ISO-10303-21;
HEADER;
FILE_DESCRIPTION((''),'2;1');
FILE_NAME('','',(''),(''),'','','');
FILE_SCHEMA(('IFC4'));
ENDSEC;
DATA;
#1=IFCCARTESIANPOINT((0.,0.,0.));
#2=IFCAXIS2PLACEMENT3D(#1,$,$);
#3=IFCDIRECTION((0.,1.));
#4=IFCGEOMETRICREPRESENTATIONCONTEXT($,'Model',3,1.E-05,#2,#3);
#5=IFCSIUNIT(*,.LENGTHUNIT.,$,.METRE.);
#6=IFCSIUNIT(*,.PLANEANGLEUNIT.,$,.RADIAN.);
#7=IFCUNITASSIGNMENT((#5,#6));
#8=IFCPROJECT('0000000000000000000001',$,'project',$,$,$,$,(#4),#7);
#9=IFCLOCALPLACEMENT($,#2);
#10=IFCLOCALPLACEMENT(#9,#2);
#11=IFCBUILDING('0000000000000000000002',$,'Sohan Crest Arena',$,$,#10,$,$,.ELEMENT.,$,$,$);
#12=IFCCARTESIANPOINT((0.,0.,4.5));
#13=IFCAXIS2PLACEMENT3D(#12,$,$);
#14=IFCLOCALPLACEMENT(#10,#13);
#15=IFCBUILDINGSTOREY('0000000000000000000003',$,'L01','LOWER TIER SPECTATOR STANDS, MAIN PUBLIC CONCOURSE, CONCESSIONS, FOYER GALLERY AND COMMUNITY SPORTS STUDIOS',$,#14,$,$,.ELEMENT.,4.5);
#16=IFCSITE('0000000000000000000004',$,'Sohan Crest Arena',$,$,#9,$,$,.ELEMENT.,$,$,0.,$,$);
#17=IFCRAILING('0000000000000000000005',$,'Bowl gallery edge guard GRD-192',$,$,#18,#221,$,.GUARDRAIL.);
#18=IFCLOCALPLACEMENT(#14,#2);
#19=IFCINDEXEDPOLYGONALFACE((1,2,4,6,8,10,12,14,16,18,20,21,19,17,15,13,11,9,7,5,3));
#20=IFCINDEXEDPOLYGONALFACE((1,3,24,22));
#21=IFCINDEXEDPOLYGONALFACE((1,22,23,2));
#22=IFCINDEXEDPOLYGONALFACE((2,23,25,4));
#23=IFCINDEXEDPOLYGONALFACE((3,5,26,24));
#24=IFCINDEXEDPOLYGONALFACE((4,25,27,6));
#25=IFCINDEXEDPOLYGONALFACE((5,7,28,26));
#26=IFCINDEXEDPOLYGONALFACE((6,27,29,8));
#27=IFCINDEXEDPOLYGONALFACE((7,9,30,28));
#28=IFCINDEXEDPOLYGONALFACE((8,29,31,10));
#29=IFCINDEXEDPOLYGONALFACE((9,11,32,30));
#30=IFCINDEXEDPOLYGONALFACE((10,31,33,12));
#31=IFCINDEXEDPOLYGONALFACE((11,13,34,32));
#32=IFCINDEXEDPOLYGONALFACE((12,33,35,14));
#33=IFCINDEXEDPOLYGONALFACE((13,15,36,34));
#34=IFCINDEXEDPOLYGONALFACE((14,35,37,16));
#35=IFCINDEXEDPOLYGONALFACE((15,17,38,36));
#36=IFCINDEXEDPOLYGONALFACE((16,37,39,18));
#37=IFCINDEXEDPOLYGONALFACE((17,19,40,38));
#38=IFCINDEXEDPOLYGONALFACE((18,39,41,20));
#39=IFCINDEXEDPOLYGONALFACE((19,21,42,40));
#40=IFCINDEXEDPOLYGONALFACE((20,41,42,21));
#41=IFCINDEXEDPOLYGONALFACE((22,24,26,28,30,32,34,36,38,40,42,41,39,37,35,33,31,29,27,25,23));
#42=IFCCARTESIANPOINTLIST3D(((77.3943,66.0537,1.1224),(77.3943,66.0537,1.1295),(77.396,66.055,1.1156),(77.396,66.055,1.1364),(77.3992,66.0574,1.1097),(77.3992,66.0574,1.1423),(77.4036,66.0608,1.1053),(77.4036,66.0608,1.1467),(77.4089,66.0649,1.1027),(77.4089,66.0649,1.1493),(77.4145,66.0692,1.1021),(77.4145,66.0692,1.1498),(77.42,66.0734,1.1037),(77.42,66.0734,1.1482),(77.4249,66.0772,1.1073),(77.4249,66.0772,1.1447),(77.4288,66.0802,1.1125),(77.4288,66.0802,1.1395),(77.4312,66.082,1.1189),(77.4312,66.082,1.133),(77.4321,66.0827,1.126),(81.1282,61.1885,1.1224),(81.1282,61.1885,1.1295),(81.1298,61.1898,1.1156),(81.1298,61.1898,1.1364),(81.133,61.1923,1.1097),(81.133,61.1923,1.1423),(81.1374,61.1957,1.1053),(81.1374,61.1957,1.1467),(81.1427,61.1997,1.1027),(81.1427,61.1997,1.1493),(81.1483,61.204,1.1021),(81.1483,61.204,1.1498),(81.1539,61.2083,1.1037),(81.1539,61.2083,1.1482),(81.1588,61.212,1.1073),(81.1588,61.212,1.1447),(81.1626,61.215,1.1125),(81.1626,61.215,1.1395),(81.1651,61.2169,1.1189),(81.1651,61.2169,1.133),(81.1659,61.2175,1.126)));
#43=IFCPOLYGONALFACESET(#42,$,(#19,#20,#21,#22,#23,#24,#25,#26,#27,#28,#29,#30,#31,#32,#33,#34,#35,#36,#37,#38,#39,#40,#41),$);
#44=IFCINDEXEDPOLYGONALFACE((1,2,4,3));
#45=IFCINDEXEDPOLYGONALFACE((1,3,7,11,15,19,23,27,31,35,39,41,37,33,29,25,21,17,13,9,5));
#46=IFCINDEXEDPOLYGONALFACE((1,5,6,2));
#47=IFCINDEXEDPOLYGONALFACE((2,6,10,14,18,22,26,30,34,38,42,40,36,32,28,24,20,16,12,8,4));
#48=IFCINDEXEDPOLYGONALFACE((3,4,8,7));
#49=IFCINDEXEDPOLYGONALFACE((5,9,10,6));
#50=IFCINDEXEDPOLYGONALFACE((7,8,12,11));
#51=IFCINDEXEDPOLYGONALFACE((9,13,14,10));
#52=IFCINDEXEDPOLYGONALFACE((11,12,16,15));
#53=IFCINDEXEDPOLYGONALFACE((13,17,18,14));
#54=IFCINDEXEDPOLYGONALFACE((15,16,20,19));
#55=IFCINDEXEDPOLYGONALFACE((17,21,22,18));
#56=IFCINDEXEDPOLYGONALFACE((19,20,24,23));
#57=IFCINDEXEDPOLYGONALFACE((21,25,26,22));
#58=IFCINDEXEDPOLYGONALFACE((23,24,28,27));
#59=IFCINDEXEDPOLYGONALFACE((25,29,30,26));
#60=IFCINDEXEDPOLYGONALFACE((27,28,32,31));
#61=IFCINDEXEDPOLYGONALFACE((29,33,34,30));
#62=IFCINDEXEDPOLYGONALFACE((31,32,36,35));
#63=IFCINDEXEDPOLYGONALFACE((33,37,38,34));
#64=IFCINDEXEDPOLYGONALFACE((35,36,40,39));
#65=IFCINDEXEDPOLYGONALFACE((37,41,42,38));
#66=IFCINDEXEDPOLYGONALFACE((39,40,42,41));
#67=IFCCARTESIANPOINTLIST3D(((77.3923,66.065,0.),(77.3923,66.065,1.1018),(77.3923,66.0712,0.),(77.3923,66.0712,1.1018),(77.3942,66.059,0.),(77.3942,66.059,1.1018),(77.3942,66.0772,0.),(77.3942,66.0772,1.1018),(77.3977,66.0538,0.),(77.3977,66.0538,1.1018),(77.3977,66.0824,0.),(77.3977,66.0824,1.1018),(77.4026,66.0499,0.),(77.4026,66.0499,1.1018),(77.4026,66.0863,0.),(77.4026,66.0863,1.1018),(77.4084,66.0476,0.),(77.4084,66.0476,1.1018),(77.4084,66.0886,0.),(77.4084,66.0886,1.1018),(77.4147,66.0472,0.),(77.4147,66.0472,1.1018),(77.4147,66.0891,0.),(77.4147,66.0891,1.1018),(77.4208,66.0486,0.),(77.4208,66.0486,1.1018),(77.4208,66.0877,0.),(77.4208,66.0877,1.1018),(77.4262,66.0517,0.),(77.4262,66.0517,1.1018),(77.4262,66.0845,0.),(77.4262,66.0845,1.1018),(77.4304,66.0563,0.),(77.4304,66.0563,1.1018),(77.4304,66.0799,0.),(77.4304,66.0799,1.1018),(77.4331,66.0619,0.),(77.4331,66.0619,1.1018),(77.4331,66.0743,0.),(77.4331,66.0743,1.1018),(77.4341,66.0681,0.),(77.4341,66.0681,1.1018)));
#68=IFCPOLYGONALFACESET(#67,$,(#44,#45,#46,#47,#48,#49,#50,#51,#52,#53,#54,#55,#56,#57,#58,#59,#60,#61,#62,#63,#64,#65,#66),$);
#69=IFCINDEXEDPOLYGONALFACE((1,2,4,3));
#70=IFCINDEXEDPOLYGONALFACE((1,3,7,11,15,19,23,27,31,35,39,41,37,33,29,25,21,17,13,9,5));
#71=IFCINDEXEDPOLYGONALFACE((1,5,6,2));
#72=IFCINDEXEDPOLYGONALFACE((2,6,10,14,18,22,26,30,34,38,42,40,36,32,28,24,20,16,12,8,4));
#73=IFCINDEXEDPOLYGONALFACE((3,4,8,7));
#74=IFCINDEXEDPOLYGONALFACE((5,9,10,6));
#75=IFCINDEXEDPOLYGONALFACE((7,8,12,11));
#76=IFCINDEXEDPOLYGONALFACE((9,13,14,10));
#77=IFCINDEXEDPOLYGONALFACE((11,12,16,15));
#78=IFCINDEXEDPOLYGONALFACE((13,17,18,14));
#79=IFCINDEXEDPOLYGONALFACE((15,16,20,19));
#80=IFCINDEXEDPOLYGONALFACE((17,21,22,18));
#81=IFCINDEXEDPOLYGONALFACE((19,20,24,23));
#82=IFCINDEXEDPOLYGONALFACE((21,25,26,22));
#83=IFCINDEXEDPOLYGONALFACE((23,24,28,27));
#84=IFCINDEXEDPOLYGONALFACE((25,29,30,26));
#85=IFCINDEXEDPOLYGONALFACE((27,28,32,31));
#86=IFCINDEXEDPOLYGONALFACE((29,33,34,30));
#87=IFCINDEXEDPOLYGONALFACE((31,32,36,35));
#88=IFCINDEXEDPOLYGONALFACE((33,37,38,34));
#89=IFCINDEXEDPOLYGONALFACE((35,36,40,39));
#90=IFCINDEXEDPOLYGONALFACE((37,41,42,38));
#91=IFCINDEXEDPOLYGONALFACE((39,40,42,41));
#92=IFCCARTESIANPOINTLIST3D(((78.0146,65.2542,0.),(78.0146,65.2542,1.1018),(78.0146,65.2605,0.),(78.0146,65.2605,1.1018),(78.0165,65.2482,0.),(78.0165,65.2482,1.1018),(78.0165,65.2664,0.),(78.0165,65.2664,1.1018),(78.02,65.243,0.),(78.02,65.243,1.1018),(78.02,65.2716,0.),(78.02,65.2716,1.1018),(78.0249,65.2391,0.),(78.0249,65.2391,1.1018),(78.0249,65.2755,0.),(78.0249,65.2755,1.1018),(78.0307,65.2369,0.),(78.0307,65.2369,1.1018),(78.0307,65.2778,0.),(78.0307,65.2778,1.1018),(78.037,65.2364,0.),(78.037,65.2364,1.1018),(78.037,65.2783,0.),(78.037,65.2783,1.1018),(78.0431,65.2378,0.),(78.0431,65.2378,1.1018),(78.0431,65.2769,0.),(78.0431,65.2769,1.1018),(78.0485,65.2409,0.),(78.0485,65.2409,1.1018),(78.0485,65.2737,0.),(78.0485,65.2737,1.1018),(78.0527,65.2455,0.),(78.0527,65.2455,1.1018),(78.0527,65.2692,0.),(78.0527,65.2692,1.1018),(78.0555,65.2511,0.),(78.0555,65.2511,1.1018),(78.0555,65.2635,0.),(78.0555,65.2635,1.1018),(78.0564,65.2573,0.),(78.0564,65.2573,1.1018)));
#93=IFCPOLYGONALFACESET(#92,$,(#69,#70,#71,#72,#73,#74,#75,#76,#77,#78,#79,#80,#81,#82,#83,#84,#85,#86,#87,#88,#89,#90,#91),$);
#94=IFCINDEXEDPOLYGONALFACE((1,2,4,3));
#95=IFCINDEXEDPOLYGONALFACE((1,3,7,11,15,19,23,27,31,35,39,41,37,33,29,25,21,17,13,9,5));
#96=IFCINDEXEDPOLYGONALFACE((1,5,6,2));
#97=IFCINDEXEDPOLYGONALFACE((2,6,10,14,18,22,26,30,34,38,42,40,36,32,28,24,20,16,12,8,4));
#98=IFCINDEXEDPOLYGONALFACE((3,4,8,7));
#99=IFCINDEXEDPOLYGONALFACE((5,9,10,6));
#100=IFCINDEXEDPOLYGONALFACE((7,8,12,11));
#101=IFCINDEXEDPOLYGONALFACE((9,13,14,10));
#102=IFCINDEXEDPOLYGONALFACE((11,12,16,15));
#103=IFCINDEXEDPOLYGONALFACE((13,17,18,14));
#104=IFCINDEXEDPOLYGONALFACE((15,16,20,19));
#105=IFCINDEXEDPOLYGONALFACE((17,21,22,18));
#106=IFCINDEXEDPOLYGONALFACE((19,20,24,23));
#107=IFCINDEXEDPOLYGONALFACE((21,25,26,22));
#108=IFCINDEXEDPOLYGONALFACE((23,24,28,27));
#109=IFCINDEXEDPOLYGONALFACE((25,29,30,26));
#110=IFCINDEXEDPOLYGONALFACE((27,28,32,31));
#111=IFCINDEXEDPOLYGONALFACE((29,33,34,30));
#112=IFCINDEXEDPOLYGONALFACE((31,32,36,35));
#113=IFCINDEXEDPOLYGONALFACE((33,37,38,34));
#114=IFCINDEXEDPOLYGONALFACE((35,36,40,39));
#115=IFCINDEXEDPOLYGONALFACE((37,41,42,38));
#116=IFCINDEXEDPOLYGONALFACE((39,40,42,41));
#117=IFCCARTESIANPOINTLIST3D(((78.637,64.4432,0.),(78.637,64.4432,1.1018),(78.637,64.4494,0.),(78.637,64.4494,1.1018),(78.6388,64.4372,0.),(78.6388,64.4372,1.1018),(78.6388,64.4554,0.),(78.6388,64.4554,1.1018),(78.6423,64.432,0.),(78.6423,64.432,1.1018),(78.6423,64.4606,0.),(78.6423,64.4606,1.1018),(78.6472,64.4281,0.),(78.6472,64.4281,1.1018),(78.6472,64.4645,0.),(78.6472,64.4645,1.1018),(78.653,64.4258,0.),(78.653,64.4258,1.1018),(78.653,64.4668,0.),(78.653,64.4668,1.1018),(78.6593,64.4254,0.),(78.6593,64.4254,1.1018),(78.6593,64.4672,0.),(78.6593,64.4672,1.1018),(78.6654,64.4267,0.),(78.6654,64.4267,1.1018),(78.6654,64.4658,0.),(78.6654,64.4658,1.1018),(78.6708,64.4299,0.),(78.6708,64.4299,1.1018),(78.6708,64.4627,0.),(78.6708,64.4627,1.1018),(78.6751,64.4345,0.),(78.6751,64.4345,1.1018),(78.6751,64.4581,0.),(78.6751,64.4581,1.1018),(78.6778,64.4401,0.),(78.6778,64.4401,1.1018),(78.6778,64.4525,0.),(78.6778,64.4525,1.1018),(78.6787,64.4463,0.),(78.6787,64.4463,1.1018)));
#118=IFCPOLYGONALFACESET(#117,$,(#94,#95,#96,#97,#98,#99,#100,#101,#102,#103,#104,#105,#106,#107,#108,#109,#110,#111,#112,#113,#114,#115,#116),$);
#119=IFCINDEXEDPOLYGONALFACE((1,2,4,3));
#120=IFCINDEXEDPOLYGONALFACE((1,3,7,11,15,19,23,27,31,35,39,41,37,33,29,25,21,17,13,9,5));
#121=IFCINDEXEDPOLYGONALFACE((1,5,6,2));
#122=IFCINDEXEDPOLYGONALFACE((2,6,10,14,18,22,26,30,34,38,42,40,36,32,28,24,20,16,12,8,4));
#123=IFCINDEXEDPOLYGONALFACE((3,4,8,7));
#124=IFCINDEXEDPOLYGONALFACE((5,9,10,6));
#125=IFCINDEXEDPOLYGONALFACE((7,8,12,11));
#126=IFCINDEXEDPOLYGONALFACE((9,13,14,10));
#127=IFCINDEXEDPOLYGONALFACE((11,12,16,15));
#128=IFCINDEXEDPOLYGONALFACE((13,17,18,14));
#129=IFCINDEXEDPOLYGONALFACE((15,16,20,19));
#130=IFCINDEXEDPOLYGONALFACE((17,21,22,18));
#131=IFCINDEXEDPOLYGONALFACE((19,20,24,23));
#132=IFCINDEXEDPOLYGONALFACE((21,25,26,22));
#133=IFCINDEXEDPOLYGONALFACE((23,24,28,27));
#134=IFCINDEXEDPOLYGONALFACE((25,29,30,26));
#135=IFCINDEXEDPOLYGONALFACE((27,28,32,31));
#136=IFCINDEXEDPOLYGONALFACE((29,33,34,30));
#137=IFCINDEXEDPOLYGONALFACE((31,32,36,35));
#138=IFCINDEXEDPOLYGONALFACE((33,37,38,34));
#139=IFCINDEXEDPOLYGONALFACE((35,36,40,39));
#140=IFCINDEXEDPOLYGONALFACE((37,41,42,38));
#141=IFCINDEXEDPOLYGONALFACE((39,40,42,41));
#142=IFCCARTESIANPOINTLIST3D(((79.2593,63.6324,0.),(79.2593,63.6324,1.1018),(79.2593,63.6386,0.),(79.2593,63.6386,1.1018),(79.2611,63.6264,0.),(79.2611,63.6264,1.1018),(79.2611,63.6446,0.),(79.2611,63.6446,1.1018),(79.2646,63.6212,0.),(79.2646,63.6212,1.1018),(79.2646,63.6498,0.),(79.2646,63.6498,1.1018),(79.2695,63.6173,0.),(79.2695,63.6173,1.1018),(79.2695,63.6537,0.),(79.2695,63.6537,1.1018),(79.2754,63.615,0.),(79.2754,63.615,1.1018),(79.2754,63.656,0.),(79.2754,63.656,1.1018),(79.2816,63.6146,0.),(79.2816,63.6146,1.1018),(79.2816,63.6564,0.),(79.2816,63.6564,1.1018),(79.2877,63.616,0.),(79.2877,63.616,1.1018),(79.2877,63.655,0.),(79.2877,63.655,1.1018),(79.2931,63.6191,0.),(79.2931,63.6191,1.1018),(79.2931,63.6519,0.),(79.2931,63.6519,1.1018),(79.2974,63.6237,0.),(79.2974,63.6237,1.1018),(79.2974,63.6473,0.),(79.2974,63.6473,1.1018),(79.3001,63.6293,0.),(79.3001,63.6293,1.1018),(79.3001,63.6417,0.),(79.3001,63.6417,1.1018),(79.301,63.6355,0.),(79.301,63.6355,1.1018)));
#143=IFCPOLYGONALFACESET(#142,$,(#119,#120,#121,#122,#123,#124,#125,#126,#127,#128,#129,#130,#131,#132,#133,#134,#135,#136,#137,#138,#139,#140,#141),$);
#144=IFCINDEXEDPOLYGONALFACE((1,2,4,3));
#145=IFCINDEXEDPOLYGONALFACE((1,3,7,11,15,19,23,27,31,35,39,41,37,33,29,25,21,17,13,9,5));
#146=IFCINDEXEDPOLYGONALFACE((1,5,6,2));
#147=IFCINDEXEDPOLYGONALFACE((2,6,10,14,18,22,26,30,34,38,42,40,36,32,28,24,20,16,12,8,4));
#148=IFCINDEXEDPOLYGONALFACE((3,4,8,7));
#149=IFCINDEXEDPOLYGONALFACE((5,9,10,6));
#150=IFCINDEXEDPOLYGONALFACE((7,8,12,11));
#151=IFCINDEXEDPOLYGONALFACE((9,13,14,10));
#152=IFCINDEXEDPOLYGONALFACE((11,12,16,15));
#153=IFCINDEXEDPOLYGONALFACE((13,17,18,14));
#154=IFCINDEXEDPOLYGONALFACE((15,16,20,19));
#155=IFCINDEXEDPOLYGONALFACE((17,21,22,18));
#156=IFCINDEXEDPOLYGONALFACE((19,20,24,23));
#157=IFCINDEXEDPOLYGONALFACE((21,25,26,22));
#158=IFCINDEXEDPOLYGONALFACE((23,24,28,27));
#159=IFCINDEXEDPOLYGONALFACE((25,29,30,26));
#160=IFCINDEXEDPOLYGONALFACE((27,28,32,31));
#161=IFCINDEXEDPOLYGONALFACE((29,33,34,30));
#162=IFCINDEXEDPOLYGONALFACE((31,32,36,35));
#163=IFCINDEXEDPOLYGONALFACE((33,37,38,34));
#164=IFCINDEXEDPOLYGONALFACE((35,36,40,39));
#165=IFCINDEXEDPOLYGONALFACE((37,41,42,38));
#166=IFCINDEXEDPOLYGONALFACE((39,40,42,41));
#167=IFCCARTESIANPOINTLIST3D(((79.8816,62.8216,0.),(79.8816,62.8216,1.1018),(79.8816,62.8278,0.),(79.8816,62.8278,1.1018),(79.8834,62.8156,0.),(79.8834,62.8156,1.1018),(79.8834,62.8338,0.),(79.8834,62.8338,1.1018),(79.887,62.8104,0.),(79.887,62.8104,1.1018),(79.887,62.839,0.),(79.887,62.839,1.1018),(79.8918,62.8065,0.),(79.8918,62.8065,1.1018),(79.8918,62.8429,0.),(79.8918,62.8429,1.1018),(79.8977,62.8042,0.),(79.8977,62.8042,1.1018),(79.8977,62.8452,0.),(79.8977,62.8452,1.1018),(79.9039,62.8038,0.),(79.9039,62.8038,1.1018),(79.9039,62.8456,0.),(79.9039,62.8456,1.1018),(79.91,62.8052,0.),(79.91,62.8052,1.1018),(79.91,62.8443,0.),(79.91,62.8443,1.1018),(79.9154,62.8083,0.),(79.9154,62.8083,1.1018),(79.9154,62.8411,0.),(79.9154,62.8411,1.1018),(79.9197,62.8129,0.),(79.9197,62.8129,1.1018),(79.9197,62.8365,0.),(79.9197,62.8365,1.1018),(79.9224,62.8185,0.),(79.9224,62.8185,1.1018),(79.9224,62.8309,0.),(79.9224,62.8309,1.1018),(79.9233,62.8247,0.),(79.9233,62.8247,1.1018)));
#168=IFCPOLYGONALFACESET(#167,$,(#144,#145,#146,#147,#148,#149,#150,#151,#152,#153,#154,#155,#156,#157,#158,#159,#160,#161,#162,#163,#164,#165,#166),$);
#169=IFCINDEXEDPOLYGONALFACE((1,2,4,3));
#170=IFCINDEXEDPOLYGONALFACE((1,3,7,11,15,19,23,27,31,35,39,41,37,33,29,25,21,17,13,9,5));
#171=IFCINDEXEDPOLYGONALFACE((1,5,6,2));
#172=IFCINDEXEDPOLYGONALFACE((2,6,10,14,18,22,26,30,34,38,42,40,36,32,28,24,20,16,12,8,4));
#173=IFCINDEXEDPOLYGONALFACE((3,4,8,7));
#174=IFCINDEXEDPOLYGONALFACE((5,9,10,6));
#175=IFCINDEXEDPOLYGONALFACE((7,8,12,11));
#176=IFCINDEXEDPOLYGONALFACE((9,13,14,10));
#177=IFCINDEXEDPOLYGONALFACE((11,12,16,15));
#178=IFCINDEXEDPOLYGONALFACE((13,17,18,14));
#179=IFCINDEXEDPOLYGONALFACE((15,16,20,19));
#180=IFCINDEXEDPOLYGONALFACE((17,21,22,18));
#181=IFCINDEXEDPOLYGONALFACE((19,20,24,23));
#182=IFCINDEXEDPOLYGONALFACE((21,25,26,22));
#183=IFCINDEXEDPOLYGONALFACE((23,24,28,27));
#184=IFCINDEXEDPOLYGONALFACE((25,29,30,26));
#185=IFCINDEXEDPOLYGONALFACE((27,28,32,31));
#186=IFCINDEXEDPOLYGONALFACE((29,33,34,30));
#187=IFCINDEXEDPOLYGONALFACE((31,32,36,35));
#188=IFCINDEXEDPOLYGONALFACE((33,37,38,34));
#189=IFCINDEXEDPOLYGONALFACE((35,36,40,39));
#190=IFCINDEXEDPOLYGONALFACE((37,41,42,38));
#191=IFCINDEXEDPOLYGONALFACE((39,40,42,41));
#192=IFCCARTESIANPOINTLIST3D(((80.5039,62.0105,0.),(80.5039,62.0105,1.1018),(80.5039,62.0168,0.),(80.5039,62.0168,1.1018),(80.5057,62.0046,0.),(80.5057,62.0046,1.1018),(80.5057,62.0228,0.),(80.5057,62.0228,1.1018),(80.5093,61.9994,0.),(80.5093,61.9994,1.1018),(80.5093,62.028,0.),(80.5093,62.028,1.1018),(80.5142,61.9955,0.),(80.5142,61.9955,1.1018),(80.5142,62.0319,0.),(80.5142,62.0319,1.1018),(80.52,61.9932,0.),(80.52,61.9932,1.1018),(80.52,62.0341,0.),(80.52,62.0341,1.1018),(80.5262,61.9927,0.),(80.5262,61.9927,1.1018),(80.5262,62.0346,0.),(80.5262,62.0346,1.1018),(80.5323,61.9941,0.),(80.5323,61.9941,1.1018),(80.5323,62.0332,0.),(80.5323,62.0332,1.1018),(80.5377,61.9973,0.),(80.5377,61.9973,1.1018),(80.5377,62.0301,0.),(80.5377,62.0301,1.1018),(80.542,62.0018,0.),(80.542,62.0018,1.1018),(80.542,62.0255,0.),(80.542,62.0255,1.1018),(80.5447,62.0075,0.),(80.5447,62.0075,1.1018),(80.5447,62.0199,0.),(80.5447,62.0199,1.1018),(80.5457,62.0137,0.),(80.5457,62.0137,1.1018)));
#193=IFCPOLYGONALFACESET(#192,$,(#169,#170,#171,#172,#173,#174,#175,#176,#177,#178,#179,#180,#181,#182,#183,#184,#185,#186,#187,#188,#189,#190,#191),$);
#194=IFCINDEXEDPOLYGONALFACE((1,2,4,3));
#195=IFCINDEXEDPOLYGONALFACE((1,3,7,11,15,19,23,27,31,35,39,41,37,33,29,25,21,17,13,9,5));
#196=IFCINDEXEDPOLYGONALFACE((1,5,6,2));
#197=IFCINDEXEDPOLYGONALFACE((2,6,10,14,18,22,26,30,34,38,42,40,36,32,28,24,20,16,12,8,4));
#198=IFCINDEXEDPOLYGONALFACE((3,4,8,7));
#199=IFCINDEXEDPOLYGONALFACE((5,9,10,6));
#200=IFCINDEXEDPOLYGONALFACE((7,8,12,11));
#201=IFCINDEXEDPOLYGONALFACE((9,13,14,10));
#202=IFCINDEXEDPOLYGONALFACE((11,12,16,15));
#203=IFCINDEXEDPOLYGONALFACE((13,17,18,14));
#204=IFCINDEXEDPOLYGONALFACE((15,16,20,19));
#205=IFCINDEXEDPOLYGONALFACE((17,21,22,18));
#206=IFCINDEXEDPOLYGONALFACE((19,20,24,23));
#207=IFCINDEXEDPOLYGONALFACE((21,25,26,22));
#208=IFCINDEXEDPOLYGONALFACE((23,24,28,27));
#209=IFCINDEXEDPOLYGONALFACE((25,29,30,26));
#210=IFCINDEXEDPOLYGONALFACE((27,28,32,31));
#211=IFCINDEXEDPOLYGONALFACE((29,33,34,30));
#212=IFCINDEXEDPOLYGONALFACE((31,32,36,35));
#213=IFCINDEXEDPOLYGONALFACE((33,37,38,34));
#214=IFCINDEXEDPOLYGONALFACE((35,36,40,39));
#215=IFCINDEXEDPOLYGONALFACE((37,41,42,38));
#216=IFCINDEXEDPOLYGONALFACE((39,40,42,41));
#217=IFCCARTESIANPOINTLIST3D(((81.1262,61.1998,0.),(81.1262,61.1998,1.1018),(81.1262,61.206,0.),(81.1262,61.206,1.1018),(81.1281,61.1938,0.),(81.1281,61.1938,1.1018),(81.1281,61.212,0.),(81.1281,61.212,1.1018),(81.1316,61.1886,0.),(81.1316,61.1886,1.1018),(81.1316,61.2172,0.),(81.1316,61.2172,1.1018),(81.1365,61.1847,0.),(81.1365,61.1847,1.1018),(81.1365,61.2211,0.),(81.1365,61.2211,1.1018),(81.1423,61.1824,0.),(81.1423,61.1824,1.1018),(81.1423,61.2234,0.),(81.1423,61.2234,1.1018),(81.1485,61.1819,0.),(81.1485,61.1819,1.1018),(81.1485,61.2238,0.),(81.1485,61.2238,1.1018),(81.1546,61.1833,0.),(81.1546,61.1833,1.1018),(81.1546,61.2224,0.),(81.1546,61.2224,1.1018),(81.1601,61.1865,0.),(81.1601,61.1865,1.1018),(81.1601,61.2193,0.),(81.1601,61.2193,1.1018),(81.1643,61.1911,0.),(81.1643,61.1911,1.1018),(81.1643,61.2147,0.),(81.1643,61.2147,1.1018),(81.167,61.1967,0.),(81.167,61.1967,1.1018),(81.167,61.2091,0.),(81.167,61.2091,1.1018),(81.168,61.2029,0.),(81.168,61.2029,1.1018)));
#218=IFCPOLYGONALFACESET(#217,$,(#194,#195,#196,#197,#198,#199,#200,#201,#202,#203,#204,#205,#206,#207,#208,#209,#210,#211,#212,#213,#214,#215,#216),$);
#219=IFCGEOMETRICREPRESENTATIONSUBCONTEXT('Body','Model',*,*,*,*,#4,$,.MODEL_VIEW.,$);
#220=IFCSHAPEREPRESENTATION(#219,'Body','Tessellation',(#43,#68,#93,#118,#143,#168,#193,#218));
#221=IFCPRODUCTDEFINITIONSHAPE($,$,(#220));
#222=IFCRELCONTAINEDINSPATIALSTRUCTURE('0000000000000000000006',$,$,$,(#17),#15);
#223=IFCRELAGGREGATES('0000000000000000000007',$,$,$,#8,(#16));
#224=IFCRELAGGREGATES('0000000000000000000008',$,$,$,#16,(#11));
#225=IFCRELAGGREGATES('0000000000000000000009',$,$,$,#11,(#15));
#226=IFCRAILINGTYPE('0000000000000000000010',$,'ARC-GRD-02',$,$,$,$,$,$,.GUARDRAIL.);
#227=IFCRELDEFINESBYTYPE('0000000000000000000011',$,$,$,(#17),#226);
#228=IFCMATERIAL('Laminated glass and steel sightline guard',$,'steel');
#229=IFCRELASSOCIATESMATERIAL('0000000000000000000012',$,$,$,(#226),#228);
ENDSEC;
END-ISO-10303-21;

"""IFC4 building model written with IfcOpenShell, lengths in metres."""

from ifc_helpers import new_model, si_unit, direction, frame, origin, origin_2d, place, context, subcontext, project, spatial, circle, extrude, material, type_object, element, save


model = new_model("IFC4")

# Units and contexts
model_context = context("Model", 3, precision=1e-05, world=origin(), true_north=direction((0.0, 1.0)))
body_context = subcontext(model_context, "Body", "Model", "MODEL_VIEW")
ifc_project = project(units=[si_unit("LENGTHUNIT", "METRE"), si_unit("PLANEANGLEUNIT", "RADIAN")], contexts=[model_context])

# Site, building, storey
site_placement = place(None, origin())
site = spatial("IfcSite", under=ifc_project, at=site_placement, Name="Sohan Crest Arena", CompositionType="ELEMENT", RefElevation=0.0)
building_placement = place(site_placement, origin())
building = spatial("IfcBuilding", under=site, at=building_placement, Name="Sohan Crest Arena", CompositionType="ELEMENT")
storey_placement = place(building_placement, frame((0.0, 0.0, 4.5)))
storey = spatial("IfcBuildingStorey", under=building, at=storey_placement, Name="L01", Description="LOWER TIER SPECTATOR STANDS, MAIN PUBLIC CONCOURSE, CONCESSIONS, FOYER GALLERY AND COMMUNITY SPORTS STUDIOS", CompositionType="ELEMENT", Elevation=4.5)

# Railing
ifc_material_1 = material(Name="Laminated glass and steel sightline guard", Category="steel")
railing_type = type_object("IfcRailingType", Name="ARC-GRD-02", PredefinedType="GUARDRAIL", material=ifc_material_1)
railing_placement = place(storey_placement, frame((77.4131, 66.0681, 0.0)))
element("IfcRailing", 1, at=railing_placement, inside=storey, type_object=railing_type, Name="Bowl gallery edge guard GRD-192", PredefinedType="GUARDRAIL", context=body_context, shape_type="SweptSolid", body=[
    extrude(circle(Radius=0.0239, at=origin_2d()), frame((0.0, 0.0, 1.126), z_axis=(0.608829, -0.793301, 0.0), x_axis=(0.793301, 0.608829, 0.0)), (0.0, 0.0, 1.0), 6.1328),
    extrude(circle(Radius=0.021, at=origin_2d()), origin(), (0.0, 0.0, 1.0), 1.1018),
    extrude(circle(Radius=0.021, at=origin_2d()), frame((0.6223, -0.8108, 0.0)), (0.0, 0.0, 1.0), 1.1018),
    extrude(circle(Radius=0.021, at=origin_2d()), frame((1.2446, -1.6218, 0.0)), (0.0, 0.0, 1.0), 1.1018),
    extrude(circle(Radius=0.021, at=origin_2d()), frame((1.8669, -2.4326, 0.0)), (0.0, 0.0, 1.0), 1.1018),
    extrude(circle(Radius=0.021, at=origin_2d()), frame((2.4893, -3.2434, 0.0)), (0.0, 0.0, 1.0), 1.1018),
    extrude(circle(Radius=0.021, at=origin_2d()), frame((3.1116, -4.0544, 0.0)), (0.0, 0.0, 1.0), 1.1018),
    extrude(circle(Radius=0.021, at=origin_2d()), frame((3.7339, -4.8652, 0.0)), (0.0, 0.0, 1.0), 1.1018),
])

save(model, "model.ifc")
